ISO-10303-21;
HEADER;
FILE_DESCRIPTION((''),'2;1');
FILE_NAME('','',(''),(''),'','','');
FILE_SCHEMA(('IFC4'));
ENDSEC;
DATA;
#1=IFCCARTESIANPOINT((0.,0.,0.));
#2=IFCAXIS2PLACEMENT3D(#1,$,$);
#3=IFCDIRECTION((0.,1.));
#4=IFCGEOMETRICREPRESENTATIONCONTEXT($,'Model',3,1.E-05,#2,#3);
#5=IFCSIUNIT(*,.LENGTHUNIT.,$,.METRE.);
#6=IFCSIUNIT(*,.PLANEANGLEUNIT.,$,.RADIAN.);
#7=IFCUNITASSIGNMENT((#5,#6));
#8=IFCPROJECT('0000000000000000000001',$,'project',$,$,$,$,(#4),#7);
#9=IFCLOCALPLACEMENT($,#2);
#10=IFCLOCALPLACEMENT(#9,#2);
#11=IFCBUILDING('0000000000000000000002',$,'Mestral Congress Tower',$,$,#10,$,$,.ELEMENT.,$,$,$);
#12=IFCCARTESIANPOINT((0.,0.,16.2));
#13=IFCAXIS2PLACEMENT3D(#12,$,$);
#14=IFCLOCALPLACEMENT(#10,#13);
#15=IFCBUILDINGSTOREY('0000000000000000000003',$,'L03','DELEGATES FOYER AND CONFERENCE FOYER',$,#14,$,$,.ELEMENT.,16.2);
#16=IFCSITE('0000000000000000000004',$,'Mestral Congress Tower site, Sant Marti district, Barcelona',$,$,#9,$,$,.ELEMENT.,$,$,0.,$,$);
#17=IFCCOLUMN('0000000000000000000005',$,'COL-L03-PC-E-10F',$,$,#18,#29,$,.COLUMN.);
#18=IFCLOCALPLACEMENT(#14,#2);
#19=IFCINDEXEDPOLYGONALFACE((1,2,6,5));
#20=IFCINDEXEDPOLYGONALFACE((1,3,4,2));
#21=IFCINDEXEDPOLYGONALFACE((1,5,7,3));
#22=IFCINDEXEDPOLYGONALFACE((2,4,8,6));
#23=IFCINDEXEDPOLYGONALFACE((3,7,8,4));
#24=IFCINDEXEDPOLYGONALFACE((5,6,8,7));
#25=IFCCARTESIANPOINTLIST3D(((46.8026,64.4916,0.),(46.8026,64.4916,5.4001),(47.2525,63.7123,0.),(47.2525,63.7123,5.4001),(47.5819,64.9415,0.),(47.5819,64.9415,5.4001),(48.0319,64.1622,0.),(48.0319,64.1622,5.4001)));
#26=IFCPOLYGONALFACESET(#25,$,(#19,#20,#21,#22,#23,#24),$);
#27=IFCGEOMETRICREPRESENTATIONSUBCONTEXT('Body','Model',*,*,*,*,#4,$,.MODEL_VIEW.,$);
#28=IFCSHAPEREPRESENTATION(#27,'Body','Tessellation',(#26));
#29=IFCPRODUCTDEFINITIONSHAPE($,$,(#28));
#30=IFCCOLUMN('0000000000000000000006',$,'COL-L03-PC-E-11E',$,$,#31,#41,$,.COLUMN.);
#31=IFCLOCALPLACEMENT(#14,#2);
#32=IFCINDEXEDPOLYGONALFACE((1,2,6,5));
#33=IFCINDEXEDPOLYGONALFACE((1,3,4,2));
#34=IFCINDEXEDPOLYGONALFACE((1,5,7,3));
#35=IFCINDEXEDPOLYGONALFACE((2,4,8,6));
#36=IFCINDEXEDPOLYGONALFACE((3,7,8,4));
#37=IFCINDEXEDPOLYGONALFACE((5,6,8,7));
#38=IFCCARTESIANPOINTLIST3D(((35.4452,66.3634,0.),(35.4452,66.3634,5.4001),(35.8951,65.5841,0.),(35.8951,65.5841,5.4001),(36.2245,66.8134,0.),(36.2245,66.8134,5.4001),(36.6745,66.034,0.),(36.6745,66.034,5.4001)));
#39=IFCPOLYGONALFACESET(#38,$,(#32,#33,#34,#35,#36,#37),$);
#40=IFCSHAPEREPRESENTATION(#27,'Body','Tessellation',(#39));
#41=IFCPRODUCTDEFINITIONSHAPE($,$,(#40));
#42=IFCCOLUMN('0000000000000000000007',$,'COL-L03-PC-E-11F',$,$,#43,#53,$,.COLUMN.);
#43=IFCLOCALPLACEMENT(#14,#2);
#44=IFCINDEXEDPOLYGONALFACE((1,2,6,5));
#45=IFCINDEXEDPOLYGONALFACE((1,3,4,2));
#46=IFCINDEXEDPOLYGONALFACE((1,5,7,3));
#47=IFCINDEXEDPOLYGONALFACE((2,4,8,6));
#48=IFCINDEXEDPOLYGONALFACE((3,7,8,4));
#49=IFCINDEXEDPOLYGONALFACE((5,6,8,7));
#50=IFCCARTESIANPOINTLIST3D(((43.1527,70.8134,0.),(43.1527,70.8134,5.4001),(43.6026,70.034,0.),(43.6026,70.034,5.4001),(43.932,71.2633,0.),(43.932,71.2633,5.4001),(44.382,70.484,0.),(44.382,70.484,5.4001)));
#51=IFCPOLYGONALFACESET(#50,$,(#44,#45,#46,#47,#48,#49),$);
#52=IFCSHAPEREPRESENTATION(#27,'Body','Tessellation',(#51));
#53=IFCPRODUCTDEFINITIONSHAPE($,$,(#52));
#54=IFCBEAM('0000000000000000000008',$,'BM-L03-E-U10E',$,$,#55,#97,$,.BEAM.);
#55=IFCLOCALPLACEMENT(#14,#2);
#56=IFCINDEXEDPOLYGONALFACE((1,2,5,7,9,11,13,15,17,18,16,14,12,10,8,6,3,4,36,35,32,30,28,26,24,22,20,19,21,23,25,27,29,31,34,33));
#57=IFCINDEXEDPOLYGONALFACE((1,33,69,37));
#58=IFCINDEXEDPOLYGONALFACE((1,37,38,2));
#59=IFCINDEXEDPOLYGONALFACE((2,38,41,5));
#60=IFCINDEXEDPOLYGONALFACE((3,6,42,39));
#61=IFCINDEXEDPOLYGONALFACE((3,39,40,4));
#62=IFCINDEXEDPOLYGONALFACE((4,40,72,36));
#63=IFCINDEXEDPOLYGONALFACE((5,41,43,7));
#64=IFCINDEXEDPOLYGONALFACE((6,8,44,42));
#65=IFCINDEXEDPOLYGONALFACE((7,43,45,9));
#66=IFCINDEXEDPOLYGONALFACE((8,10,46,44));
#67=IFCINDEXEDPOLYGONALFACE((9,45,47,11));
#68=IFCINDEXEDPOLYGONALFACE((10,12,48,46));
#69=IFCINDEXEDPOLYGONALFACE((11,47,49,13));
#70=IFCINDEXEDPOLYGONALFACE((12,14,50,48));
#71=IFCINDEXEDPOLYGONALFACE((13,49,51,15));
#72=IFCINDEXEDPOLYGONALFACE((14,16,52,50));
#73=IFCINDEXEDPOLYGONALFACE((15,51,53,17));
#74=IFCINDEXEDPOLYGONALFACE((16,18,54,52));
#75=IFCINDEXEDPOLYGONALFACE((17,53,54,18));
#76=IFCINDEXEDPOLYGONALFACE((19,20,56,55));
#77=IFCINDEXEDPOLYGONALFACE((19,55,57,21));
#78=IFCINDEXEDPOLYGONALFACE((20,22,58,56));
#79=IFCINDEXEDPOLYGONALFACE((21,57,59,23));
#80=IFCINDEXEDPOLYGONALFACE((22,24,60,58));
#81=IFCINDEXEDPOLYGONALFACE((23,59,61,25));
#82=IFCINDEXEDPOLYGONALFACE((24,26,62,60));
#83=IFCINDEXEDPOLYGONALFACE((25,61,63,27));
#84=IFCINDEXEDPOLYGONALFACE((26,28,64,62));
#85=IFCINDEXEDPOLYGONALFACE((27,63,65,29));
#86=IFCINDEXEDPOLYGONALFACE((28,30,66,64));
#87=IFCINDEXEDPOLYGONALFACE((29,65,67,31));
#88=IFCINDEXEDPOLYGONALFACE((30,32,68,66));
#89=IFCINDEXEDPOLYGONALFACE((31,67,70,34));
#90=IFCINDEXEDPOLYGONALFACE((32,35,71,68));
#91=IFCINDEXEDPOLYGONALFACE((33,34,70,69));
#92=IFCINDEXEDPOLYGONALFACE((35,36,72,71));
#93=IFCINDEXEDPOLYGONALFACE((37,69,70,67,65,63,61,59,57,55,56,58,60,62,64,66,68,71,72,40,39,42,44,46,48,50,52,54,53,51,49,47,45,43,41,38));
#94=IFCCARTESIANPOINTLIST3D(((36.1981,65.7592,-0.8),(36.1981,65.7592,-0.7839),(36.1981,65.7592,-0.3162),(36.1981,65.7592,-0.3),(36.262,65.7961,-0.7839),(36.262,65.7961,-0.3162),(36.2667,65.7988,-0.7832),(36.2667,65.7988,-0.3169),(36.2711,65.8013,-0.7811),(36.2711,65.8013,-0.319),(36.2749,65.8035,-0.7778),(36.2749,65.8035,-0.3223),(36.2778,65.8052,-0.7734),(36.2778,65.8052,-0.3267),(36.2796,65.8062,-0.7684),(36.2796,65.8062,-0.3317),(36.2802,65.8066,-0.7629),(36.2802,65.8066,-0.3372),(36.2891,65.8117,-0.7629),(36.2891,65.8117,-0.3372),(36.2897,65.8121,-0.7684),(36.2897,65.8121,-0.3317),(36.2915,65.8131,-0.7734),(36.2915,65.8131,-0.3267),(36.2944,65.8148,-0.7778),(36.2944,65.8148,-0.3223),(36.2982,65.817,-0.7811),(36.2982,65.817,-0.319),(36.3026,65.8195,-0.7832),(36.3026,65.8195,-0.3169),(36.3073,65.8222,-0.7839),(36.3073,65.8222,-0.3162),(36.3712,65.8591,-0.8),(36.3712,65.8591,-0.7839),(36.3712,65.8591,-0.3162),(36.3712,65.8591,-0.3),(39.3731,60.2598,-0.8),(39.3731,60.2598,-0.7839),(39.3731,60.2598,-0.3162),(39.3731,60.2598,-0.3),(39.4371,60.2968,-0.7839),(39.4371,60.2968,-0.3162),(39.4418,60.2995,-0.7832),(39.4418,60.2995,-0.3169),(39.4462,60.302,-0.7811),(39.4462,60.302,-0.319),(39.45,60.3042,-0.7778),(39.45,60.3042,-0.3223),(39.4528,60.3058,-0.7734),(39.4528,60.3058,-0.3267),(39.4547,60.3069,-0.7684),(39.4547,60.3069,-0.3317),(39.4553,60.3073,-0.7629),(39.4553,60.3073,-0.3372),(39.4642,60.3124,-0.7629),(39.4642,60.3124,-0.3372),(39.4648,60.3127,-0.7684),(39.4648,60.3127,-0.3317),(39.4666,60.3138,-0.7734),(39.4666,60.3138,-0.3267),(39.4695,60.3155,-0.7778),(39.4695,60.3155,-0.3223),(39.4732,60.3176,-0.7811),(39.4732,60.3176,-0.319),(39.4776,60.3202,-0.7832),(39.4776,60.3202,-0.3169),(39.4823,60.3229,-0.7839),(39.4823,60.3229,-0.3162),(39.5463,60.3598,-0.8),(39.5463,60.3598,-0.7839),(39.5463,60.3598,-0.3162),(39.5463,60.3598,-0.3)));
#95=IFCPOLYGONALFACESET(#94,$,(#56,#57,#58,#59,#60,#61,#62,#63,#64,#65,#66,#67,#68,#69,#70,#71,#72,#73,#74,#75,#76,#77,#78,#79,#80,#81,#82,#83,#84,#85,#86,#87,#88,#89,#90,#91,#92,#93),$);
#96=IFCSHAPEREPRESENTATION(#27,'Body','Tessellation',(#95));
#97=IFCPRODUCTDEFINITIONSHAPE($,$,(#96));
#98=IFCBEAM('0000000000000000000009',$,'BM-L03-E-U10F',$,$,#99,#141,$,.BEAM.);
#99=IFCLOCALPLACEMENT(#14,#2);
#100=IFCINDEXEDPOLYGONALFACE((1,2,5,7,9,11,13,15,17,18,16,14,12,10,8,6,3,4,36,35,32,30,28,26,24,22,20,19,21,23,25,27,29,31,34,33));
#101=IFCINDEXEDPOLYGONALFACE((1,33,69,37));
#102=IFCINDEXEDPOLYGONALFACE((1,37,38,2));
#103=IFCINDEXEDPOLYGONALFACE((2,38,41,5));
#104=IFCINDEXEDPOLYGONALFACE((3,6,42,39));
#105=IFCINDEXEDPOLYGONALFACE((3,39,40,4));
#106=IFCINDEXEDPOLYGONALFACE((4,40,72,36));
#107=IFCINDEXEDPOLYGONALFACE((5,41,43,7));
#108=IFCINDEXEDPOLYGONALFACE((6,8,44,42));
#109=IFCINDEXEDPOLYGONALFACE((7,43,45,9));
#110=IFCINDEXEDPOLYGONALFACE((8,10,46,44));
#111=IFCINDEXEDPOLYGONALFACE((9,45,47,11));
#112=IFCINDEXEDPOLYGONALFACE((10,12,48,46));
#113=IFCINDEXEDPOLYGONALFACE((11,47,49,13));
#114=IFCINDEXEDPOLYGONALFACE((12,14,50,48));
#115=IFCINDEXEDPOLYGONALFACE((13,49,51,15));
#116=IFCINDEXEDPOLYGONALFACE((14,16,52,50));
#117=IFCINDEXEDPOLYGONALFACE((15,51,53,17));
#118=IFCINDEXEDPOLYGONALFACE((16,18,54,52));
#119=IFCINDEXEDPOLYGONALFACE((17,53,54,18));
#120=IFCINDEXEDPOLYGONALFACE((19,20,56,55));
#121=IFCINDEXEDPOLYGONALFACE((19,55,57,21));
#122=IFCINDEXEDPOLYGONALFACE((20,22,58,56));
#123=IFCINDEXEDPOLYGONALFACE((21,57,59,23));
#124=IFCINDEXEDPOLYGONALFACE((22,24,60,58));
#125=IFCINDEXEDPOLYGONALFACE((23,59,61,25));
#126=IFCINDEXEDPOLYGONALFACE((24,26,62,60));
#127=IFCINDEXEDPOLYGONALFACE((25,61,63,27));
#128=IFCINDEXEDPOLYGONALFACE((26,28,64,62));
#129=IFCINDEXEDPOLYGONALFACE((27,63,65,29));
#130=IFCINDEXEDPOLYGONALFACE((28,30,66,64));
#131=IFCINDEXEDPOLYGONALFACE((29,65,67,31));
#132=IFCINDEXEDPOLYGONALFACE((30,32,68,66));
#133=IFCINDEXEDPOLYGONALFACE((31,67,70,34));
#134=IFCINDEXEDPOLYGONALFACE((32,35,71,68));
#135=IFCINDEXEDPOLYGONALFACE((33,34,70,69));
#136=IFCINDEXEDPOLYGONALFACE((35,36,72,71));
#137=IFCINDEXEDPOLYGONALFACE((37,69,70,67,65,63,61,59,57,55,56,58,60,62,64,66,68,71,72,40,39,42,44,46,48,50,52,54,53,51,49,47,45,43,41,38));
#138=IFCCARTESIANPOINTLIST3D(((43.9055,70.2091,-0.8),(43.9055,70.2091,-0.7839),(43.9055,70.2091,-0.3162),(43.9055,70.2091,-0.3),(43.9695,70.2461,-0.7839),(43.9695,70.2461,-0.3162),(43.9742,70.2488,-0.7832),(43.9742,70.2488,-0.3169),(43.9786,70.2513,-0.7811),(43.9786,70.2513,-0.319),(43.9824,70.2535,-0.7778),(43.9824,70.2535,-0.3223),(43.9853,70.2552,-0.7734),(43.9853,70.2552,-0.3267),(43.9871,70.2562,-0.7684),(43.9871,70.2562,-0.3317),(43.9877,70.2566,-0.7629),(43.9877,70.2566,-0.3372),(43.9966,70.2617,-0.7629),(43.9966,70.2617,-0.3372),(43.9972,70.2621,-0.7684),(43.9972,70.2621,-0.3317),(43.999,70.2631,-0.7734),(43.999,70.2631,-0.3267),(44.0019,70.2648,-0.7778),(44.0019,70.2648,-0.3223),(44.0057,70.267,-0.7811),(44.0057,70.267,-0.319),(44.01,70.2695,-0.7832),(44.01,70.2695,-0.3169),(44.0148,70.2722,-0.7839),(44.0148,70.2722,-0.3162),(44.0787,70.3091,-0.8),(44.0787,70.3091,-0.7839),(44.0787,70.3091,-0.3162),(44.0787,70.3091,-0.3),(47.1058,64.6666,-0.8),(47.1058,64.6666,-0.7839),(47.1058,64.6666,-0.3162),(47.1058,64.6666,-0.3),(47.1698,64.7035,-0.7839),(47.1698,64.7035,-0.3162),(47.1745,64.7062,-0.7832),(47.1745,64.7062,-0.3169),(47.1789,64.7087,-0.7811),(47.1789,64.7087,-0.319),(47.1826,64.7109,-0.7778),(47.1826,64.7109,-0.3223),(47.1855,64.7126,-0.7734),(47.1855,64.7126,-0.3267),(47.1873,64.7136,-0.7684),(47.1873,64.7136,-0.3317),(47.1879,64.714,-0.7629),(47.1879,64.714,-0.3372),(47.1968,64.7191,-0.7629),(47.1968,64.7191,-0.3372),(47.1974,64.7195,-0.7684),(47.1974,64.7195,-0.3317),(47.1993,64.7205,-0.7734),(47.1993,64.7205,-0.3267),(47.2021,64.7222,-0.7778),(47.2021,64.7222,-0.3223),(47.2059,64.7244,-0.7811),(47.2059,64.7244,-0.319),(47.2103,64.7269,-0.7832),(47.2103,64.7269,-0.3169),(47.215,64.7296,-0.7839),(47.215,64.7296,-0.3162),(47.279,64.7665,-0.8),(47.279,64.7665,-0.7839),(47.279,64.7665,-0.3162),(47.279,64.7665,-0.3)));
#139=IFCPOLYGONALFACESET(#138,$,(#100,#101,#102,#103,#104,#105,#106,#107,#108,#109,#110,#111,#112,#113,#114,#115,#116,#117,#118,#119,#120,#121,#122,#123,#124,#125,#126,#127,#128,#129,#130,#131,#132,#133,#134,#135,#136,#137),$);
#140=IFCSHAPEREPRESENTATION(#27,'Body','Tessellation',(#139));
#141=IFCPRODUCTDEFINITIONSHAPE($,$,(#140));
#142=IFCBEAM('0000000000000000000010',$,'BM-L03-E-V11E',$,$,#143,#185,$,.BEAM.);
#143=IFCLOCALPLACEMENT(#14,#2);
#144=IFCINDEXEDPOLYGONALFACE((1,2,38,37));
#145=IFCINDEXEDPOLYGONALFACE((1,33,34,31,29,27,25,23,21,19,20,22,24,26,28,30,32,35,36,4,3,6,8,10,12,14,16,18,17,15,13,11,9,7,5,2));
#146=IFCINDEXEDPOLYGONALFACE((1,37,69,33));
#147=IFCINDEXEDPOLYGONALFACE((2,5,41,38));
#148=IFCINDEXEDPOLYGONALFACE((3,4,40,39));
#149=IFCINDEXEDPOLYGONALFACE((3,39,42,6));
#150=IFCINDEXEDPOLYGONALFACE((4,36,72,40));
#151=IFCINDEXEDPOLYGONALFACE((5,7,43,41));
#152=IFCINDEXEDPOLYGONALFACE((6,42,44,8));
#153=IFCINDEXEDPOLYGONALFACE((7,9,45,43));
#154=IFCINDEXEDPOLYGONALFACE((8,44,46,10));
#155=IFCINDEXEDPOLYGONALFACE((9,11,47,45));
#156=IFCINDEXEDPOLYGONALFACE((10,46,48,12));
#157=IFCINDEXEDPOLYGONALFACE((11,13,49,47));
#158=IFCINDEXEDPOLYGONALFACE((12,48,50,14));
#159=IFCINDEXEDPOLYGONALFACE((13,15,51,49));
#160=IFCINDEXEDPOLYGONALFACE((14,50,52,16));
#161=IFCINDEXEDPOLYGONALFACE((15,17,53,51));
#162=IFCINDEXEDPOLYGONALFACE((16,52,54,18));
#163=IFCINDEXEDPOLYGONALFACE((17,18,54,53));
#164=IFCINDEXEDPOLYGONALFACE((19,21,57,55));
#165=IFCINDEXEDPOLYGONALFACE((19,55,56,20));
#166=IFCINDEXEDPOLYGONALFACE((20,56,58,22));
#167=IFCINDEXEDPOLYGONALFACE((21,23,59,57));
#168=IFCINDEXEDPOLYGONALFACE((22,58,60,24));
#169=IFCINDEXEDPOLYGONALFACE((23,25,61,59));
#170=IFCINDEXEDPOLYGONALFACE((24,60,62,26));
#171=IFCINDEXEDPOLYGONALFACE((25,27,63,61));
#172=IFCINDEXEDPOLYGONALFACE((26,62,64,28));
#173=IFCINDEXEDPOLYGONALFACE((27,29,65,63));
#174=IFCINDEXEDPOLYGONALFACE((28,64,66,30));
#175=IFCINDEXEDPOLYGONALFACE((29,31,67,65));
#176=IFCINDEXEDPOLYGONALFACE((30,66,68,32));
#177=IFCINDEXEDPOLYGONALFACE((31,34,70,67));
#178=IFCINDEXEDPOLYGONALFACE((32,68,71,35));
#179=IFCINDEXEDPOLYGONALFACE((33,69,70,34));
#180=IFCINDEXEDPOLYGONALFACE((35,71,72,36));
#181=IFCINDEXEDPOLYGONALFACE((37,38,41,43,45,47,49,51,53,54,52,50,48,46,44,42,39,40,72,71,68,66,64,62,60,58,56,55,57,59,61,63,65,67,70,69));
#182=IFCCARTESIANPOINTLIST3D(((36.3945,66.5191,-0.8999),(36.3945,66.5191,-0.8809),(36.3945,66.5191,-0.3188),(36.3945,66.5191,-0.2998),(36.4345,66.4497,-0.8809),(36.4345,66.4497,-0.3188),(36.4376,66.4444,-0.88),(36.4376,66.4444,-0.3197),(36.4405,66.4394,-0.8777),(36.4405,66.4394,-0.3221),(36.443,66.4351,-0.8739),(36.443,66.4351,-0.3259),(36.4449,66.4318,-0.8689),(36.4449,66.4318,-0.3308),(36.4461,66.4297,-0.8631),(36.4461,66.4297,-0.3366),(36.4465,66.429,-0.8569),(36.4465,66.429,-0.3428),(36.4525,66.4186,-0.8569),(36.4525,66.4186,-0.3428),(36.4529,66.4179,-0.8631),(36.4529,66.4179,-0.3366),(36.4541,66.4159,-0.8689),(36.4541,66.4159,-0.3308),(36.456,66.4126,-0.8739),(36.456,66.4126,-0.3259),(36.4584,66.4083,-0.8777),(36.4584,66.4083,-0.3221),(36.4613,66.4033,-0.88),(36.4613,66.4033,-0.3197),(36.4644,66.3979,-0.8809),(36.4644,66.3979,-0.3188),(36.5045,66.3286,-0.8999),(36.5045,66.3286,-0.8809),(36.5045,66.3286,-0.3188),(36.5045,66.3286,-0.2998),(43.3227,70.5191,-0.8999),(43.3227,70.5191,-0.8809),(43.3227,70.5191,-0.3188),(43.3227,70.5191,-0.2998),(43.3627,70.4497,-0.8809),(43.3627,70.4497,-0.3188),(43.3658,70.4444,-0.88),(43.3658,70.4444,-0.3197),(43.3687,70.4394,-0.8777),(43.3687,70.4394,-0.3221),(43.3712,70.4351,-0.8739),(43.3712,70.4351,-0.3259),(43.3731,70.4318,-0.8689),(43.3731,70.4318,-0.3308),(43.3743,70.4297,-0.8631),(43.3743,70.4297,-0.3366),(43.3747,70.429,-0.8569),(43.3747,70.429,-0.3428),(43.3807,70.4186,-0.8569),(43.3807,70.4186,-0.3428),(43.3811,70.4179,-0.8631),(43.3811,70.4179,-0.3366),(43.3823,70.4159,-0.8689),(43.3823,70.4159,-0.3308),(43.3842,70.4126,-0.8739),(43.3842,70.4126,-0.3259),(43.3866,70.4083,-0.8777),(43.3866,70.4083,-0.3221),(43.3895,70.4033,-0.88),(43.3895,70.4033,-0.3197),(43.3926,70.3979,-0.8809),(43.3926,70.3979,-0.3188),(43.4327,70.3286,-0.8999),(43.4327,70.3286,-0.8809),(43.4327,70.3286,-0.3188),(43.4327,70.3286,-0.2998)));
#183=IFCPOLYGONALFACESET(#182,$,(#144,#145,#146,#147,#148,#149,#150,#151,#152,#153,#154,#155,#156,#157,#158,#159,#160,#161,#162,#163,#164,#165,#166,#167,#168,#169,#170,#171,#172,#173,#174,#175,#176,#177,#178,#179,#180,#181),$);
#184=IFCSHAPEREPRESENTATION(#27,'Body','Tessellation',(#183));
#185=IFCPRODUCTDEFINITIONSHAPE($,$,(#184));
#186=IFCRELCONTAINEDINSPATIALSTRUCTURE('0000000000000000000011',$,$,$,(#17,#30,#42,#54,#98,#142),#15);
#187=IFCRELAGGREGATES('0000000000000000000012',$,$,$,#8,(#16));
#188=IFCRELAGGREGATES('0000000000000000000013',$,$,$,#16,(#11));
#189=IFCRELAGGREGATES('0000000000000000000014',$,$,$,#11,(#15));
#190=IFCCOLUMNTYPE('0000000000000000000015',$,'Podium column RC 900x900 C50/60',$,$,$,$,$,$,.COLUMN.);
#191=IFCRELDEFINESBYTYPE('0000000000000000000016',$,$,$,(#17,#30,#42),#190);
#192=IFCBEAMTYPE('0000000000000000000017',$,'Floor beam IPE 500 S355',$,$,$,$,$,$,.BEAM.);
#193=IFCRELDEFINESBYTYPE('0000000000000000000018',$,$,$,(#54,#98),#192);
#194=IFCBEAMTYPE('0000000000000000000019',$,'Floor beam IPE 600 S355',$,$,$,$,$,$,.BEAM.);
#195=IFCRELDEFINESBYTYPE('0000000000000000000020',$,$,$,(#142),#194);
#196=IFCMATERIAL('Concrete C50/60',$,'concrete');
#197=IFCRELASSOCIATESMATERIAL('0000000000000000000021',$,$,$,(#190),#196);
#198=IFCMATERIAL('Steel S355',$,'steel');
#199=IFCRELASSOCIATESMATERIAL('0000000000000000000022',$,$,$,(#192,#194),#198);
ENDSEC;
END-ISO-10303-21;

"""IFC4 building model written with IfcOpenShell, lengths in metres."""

from ifc_helpers import new_model, si_unit, direction, frame, origin, origin_2d, place, context, subcontext, project, spatial, rectangle, i_section, extrude, material, material_profile, profile_set, type_object, element, save


model = new_model("IFC4")

# Units and contexts
model_context = context("Model", 3, precision=1e-05, world=origin(), true_north=direction((0.0, 1.0)))
body_context = subcontext(model_context, "Body", "Model", "MODEL_VIEW")
ifc_project = project(units=[si_unit("LENGTHUNIT", "METRE"), si_unit("PLANEANGLEUNIT", "RADIAN")], contexts=[model_context])

# Site, building, storey
site_placement = place(None, origin())
site = spatial("IfcSite", under=ifc_project, at=site_placement, Name="Mestral Congress Tower site, Sant Marti district, Barcelona", CompositionType="ELEMENT", RefElevation=0.0)
building_placement = place(site_placement, origin())
building = spatial("IfcBuilding", under=site, at=building_placement, Name="Mestral Congress Tower", CompositionType="ELEMENT")
storey_placement = place(building_placement, frame((0.0, 0.0, 16.2)))
storey = spatial("IfcBuildingStorey", under=building, at=storey_placement, Name="L03", Description="DELEGATES FOYER AND CONFERENCE FOYER", CompositionType="ELEMENT", Elevation=16.2)

# Columns
ifc_material_1 = material(Name="Concrete C50/60", Category="concrete")
ifc_material_profile_1 = material_profile(ifc_material_1, rectangle(XDim=0.8999, YDim=0.8999, at=origin_2d()), Name="RC 900x900")
ifc_profile_set_1 = profile_set([ifc_material_profile_1], Name="Concrete C50/60")
column_type = type_object("IfcColumnType", Name="Podium column RC 900x900 C50/60", PredefinedType="COLUMN", material=ifc_profile_set_1)
for number, where, z_axis, x_axis, name in (
    (1, (47.4172, 64.3269, 0.0), (0.0, 0.0, 1.0), (-0.5, 0.866025, 0.0), "COL-L03-PC-E-10F"),
    (2, (36.0598, 66.1987, 0.0), (0.0, 0.0, 1.0), (-0.5, 0.866025, 0.0), "COL-L03-PC-E-11E"),
    (3, (43.7673, 70.6487, 0.0), (0.0, 0.0, 1.0), (-0.5, 0.866025, 0.0), "COL-L03-PC-E-11F"),
):
    element("IfcColumn", number, at=place(storey_placement, frame(where, z_axis=z_axis, x_axis=x_axis)), inside=storey, type_object=column_type, Name=name, PredefinedType="COLUMN", context=body_context, shape_type="SweptSolid", body=[
        extrude(rectangle(XDim=0.8999, YDim=0.8999, at=origin_2d()), origin(), (0.0, 0.0, 1.0), 5.4001),
    ])

# Beams
ifc_material_2 = material(Name="Steel S355", Category="steel")
ifc_material_profile_2 = material_profile(ifc_material_2, i_section(OverallWidth=0.2, OverallDepth=0.5, WebThickness=0.0103, FlangeThickness=0.0161, FilletRadius=0.021, at=origin_2d()), Name="IPE 500")
ifc_profile_set_2 = profile_set([ifc_material_profile_2], Name="Steel S355")
beam_type_1 = type_object("IfcBeamType", Name="Floor beam IPE 500 S355", PredefinedType="BEAM", material=ifc_profile_set_2)
beam_1_placement = place(storey_placement, frame((39.4597, 60.3098, -0.55), z_axis=(-0.500005, 0.866022, 0.0), x_axis=(-0.866022, -0.500005, 0.0)))
element("IfcBeam", 4, at=beam_1_placement, inside=storey, type_object=beam_type_1, Name="BM-L03-E-U10E", PredefinedType="BEAM", context=body_context, shape_type="SweptSolid", body=[
    extrude(i_section(OverallWidth=0.2, OverallDepth=0.5, WebThickness=0.0103, FlangeThickness=0.0161, FilletRadius=0.021, at=origin_2d()), origin(), (0.0, 0.0, 1.0), 6.3501),
])
beam_2_placement = place(storey_placement, frame((47.1924, 64.7166, -0.55), z_axis=(-0.500028, 0.866009, 0.0), x_axis=(-0.866009, -0.500028, 0.0)))
element("IfcBeam", 5, at=beam_2_placement, inside=storey, type_object=beam_type_1, Name="BM-L03-E-U10F", PredefinedType="BEAM", context=body_context, shape_type="SweptSolid", body=[
    extrude(i_section(OverallWidth=0.2, OverallDepth=0.5, WebThickness=0.0103, FlangeThickness=0.0161, FilletRadius=0.021, at=origin_2d()), origin(), (0.0, 0.0, 1.0), 6.4001),
])
ifc_material_profile_3 = material_profile(ifc_material_2, i_section(OverallWidth=0.22, OverallDepth=0.6001, WebThickness=0.012, FlangeThickness=0.019, FilletRadius=0.0239, at=origin_2d()), Name="IPE 600")
ifc_profile_set_3 = profile_set([ifc_material_profile_3], Name="Steel S355")
beam_type_2 = type_object("IfcBeamType", Name="Floor beam IPE 600 S355", PredefinedType="BEAM", material=ifc_profile_set_3)
beam_3_placement = place(storey_placement, frame((36.4495, 66.4238, -0.5999), z_axis=(0.866026, 0.499999, 0.0), x_axis=(-0.499999, 0.866026, 0.0)))
element("IfcBeam", 6, at=beam_3_placement, inside=storey, type_object=beam_type_2, Name="BM-L03-E-V11E", PredefinedType="BEAM", context=body_context, shape_type="SweptSolid", body=[
    extrude(i_section(OverallWidth=0.22, OverallDepth=0.6001, WebThickness=0.012, FlangeThickness=0.019, FilletRadius=0.0239, at=origin_2d()), origin(), (0.0, 0.0, 1.0), 8.0),
])

save(model, "model.ifc")
